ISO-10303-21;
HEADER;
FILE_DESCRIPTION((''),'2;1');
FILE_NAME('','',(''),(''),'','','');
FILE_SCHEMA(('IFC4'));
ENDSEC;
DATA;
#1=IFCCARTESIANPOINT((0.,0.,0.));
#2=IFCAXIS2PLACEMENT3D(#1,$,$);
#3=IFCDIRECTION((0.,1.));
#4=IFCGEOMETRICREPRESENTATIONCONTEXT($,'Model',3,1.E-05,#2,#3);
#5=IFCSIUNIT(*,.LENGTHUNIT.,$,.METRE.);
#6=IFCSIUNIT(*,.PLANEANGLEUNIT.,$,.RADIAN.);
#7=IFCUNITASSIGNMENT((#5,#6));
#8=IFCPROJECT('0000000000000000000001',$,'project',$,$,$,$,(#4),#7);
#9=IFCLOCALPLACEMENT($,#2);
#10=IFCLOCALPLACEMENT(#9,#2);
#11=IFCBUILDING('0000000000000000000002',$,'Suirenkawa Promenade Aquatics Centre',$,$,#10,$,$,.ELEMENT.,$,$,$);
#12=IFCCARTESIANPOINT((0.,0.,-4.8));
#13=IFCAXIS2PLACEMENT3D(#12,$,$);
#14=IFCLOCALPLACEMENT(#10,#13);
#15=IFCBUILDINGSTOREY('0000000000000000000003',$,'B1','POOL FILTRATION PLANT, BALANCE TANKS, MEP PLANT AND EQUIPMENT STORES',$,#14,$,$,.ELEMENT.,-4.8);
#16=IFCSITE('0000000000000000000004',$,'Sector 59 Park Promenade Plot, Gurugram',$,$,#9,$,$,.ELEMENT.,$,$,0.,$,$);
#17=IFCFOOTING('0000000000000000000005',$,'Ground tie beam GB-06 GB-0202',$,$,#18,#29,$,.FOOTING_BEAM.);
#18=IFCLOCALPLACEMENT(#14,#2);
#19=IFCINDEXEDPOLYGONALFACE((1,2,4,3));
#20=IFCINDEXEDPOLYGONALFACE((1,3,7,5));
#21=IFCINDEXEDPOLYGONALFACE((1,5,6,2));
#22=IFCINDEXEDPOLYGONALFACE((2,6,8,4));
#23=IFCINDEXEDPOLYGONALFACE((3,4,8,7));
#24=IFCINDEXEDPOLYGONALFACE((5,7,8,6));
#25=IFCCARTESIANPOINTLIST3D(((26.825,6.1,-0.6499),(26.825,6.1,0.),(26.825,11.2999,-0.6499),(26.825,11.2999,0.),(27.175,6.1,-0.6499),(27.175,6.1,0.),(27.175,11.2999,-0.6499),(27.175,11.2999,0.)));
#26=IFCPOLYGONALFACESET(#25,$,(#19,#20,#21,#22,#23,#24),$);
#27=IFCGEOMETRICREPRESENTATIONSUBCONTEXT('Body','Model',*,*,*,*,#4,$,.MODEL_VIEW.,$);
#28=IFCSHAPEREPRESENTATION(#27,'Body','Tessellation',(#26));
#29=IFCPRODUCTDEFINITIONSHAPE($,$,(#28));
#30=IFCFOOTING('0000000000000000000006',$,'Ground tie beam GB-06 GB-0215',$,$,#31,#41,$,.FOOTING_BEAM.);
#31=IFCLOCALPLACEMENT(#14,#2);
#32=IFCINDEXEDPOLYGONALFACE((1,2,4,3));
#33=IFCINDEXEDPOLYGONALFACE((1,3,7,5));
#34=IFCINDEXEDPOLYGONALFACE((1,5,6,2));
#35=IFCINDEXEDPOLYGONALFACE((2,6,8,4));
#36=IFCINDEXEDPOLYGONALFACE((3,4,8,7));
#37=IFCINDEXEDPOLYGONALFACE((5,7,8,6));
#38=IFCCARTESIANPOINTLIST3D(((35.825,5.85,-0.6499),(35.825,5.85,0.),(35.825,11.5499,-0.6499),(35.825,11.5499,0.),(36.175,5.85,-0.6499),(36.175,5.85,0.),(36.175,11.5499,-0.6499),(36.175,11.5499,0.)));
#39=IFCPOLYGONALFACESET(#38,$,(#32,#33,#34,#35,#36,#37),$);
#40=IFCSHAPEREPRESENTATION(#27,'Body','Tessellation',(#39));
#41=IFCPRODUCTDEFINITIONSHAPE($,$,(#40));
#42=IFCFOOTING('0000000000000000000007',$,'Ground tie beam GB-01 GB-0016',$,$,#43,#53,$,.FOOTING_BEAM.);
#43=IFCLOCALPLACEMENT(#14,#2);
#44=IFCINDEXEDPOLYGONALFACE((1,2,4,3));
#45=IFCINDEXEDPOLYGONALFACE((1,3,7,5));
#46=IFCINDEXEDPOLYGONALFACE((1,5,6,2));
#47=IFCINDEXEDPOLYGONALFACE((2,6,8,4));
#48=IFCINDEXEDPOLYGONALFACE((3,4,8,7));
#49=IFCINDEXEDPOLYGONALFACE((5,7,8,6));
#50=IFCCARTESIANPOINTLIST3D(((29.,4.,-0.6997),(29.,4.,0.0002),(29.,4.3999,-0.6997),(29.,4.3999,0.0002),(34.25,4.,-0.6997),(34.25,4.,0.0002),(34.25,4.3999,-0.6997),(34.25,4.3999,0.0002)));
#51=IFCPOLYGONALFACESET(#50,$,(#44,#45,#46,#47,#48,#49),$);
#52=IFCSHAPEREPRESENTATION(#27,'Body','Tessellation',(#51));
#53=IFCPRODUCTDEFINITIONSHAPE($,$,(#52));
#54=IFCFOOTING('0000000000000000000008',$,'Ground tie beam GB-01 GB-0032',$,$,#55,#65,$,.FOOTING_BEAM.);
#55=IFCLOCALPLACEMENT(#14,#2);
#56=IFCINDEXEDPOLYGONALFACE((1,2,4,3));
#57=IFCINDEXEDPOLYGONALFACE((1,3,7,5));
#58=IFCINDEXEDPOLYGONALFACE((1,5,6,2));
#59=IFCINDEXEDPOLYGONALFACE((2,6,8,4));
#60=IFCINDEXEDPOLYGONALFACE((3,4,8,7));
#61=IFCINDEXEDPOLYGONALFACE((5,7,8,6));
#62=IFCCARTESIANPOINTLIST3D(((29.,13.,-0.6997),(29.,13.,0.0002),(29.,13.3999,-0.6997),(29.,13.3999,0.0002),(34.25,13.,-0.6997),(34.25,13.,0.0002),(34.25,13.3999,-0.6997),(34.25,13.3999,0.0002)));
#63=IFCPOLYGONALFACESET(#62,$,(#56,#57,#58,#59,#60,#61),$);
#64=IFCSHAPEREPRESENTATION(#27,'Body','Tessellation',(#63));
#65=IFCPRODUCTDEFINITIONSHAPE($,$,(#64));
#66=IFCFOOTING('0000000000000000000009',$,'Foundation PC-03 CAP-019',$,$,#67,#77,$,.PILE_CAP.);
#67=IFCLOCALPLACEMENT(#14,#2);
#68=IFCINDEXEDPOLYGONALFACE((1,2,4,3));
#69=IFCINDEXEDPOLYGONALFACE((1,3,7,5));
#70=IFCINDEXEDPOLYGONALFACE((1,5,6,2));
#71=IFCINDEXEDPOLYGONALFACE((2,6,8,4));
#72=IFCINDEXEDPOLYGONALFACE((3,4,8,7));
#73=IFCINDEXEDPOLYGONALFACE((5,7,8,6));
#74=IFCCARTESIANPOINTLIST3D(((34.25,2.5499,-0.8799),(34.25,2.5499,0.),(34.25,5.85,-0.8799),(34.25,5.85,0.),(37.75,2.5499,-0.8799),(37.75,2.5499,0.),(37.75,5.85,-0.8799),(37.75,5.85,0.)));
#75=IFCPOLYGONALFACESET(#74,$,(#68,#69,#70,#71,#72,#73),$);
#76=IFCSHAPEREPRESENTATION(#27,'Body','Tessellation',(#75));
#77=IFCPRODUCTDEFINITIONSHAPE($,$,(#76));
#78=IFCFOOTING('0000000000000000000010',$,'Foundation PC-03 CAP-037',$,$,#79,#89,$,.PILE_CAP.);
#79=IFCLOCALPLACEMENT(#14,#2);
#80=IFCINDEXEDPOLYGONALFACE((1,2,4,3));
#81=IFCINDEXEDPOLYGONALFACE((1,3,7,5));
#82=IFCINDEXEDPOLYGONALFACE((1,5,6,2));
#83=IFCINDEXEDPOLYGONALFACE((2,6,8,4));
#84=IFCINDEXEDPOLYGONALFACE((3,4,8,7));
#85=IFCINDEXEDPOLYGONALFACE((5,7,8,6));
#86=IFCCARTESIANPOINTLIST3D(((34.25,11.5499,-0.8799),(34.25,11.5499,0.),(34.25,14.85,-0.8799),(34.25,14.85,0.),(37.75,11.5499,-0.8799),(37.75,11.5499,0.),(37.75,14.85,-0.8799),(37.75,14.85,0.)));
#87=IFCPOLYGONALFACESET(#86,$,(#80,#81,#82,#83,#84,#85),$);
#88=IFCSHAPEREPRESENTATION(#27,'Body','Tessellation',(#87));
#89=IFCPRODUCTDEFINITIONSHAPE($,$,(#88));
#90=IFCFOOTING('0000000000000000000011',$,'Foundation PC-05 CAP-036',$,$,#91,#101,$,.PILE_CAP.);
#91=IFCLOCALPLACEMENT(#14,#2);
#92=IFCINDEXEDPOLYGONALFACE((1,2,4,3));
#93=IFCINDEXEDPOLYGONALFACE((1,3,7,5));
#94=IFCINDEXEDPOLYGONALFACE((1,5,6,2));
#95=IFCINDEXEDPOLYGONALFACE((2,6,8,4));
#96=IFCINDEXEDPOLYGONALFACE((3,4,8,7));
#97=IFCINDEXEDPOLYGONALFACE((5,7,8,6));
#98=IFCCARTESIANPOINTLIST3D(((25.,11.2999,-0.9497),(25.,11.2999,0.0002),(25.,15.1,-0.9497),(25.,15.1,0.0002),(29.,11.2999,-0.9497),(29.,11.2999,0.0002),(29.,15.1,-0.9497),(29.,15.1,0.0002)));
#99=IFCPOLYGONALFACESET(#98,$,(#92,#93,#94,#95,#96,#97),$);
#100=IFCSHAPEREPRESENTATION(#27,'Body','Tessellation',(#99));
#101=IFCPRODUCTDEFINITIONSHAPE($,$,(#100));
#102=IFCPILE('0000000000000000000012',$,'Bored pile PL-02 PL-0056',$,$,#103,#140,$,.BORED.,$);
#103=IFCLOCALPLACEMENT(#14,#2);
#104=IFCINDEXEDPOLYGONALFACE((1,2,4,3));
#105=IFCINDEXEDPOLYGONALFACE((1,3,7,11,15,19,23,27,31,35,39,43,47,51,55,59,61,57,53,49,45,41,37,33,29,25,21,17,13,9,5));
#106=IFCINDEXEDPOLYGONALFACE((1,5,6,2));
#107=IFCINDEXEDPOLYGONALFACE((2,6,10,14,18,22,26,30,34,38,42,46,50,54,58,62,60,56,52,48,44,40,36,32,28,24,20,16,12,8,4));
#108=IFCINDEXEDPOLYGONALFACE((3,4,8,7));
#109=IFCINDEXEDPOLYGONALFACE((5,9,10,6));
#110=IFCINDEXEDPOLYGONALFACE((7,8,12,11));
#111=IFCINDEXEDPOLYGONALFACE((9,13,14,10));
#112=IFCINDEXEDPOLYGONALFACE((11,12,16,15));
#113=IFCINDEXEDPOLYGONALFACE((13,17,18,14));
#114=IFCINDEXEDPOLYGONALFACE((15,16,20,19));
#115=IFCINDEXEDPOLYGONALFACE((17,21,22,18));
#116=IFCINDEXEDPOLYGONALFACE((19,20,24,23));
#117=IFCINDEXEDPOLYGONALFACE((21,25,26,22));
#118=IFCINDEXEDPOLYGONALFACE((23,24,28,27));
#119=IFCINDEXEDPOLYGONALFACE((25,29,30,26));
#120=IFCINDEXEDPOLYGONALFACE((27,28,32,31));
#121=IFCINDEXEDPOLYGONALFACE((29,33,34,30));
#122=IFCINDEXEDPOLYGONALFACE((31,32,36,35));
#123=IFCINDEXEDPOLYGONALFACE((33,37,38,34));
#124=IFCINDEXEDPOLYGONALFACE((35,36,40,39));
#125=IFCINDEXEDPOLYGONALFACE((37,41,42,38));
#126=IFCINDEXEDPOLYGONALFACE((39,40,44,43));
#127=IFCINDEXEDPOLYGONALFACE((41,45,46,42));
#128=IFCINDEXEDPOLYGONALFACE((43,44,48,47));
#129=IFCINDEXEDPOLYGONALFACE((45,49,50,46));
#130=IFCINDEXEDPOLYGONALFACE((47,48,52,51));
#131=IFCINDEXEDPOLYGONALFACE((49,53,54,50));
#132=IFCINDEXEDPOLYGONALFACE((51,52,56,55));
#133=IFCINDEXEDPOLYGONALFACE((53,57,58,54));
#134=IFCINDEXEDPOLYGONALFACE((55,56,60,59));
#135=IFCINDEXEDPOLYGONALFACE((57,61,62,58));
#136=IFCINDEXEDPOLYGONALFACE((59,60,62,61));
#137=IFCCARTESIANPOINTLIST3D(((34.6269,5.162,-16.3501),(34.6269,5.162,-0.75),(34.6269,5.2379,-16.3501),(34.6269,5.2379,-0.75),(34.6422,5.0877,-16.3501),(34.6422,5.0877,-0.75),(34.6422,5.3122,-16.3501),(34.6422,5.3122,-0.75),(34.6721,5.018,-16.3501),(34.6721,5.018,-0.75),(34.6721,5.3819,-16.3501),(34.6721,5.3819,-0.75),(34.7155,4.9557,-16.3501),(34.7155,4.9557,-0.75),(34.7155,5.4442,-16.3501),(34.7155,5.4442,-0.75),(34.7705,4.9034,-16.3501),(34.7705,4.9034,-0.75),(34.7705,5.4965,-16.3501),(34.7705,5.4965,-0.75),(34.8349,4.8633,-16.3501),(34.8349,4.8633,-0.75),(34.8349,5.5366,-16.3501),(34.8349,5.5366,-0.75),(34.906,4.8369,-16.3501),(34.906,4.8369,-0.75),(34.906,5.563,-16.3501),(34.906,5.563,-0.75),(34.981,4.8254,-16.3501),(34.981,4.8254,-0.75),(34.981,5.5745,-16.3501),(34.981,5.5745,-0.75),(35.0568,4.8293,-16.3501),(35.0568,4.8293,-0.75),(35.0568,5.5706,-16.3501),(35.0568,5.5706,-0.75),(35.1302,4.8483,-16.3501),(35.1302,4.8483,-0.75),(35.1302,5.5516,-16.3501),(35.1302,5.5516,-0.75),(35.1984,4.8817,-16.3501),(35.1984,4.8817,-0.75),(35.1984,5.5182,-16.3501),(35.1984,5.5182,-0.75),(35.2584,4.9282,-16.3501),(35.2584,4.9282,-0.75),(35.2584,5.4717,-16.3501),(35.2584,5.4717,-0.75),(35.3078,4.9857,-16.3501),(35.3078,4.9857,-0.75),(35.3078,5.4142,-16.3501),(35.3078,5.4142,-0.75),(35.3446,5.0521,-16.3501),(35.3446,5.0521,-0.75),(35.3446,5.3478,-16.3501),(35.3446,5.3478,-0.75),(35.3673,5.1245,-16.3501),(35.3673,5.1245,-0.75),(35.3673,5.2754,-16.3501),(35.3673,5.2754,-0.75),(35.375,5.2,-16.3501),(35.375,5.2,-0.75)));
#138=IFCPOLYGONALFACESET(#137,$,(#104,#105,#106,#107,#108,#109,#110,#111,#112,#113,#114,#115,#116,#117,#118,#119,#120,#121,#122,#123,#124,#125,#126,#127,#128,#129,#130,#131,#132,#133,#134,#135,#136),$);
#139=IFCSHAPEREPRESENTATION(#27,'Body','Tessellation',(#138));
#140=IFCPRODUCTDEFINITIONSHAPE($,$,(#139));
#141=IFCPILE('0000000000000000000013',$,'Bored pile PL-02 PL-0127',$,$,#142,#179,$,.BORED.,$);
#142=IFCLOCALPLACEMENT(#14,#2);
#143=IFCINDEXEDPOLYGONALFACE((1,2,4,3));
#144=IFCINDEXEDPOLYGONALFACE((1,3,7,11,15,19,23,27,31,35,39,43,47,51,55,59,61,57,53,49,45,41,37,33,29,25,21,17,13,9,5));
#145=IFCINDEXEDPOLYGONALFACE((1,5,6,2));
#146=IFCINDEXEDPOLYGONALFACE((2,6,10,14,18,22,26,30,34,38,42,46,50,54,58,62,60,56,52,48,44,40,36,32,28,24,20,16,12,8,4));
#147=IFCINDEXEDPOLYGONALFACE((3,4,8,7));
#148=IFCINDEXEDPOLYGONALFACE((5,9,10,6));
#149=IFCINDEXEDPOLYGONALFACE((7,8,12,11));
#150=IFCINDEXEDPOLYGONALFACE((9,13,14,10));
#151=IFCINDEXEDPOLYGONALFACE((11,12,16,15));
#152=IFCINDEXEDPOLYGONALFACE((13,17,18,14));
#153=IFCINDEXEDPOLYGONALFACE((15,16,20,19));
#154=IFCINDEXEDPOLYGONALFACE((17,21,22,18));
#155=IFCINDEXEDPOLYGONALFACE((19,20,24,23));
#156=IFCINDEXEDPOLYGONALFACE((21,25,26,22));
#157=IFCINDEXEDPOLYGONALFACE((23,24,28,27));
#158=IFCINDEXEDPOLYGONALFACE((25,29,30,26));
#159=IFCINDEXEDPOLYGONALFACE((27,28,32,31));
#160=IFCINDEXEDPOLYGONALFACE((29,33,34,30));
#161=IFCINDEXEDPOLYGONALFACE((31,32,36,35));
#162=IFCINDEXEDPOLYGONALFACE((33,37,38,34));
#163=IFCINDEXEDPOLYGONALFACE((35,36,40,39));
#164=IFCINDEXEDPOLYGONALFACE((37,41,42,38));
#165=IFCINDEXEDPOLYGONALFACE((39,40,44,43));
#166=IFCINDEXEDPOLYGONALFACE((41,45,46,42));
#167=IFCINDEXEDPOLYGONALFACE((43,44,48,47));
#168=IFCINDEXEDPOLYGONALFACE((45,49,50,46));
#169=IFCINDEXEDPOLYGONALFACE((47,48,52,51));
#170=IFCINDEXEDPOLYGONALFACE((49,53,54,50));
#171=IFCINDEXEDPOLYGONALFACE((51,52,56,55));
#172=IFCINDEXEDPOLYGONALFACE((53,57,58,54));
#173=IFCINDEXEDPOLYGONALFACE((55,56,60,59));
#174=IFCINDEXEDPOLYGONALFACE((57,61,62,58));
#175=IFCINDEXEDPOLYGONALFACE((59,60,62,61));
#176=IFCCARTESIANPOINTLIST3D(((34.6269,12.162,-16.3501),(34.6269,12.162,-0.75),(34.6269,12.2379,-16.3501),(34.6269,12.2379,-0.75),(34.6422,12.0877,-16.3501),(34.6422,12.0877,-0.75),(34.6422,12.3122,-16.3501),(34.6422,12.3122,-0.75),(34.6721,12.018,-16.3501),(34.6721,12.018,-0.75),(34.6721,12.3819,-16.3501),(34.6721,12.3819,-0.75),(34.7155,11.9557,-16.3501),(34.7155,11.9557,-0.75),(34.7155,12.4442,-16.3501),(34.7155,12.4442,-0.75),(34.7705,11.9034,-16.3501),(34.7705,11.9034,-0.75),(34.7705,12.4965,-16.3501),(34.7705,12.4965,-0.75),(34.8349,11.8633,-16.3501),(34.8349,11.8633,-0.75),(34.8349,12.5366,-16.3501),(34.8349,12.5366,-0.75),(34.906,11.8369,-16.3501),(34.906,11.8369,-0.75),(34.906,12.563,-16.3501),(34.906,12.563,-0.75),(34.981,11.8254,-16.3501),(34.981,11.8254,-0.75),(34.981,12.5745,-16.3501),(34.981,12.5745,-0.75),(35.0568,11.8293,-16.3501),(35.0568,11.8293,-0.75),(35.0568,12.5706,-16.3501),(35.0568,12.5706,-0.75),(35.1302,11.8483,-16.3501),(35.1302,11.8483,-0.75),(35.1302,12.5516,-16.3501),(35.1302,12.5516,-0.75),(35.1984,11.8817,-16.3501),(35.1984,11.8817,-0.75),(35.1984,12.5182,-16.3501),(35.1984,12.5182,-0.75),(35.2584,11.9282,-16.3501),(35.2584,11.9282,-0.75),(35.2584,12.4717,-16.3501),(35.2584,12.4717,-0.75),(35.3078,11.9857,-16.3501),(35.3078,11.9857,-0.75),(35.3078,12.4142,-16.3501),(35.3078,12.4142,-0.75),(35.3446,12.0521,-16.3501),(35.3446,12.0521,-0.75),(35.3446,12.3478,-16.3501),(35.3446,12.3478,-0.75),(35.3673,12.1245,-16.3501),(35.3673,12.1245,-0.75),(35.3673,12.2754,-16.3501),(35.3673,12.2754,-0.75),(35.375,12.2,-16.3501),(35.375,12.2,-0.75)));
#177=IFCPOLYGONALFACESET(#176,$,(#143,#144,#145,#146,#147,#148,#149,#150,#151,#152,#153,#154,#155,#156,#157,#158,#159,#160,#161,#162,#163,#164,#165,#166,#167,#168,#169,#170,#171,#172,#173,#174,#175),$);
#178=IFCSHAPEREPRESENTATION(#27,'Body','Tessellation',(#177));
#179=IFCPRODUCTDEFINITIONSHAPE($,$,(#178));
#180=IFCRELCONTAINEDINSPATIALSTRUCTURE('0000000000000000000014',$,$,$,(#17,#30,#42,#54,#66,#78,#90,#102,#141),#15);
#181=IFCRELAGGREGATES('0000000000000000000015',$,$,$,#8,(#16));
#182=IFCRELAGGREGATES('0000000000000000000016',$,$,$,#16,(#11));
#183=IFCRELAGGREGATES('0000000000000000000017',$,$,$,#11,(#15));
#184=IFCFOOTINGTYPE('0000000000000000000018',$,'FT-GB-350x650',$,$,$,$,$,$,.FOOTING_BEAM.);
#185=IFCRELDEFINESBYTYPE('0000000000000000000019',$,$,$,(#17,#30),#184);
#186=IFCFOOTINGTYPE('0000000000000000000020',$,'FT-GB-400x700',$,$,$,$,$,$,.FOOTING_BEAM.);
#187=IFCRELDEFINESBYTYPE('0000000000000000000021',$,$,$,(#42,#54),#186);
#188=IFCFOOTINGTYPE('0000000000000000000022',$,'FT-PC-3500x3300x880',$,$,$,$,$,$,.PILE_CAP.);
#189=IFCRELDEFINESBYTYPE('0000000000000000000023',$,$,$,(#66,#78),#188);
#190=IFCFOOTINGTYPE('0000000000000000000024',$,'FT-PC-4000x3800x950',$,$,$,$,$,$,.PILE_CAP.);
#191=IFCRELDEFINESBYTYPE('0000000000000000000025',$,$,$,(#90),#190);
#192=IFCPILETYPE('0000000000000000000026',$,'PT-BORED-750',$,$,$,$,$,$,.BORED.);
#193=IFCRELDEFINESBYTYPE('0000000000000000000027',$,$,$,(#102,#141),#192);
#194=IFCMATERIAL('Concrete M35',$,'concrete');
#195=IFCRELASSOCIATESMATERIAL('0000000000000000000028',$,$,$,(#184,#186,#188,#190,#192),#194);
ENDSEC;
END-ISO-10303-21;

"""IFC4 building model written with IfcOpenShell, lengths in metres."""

from ifc_helpers import new_model, si_unit, direction, frame, origin, origin_2d, place, context, subcontext, project, spatial, rectangle, circle, extrude, material, material_profile, profile_set, type_object, element, save


model = new_model("IFC4")

# Units and contexts
model_context = context("Model", 3, precision=1e-05, world=origin(), true_north=direction((0.0, 1.0)))
body_context = subcontext(model_context, "Body", "Model", "MODEL_VIEW")
ifc_project = project(units=[si_unit("LENGTHUNIT", "METRE"), si_unit("PLANEANGLEUNIT", "RADIAN")], contexts=[model_context])

# Site, building, storey
site_placement = place(None, origin())
site = spatial("IfcSite", under=ifc_project, at=site_placement, Name="Sector 59 Park Promenade Plot, Gurugram", CompositionType="ELEMENT", RefElevation=0.0)
building_placement = place(site_placement, origin())
building = spatial("IfcBuilding", under=site, at=building_placement, Name="Suirenkawa Promenade Aquatics Centre", CompositionType="ELEMENT")
storey_placement = place(building_placement, frame((0.0, 0.0, -4.8)))
storey = spatial("IfcBuildingStorey", under=building, at=storey_placement, Name="B1", Description="POOL FILTRATION PLANT, BALANCE TANKS, MEP PLANT AND EQUIPMENT STORES", CompositionType="ELEMENT", Elevation=-4.8)

# Footings
ifc_material_1 = material(Name="Concrete M35", Category="concrete")
footing_type_1 = type_object("IfcFootingType", Name="FT-GB-350x650", PredefinedType="FOOTING_BEAM", material=ifc_material_1)
footing_1_placement = place(storey_placement, frame((27.0, 8.7, -0.6499), z_axis=(0.0, 0.0, 1.0), x_axis=(0.0, 1.0, 0.0)))
element("IfcFooting", 1, at=footing_1_placement, inside=storey, type_object=footing_type_1, Name="Ground tie beam GB-06 GB-0202", PredefinedType="FOOTING_BEAM", context=body_context, shape_type="SweptSolid", body=[
    extrude(rectangle(XDim=5.2, YDim=0.3501, at=origin_2d()), origin(), (0.0, 0.0, 1.0), 0.6499),
])
footing_2_placement = place(storey_placement, frame((36.0, 8.7, -0.6499), z_axis=(0.0, 0.0, 1.0), x_axis=(0.0, 1.0, 0.0)))
element("IfcFooting", 2, at=footing_2_placement, inside=storey, type_object=footing_type_1, Name="Ground tie beam GB-06 GB-0215", PredefinedType="FOOTING_BEAM", context=body_context, shape_type="SweptSolid", body=[
    extrude(rectangle(XDim=5.7, YDim=0.3501, at=origin_2d()), origin(), (0.0, 0.0, 1.0), 0.6499),
])
footing_type_2 = type_object("IfcFootingType", Name="FT-GB-400x700", PredefinedType="FOOTING_BEAM", material=ifc_material_1)
for number, where, z_axis, x_axis, name in (
    (3, (31.625, 4.2, -0.6997), (0.0, 0.0, 1.0), (1.0, 0.0, 0.0), "Ground tie beam GB-01 GB-0016"),
    (4, (31.625, 13.2, -0.6997), (0.0, 0.0, 1.0), (1.0, 0.0, 0.0), "Ground tie beam GB-01 GB-0032"),
):
    element("IfcFooting", number, at=place(storey_placement, frame(where, z_axis=z_axis, x_axis=x_axis)), inside=storey, type_object=footing_type_2, Name=name, PredefinedType="FOOTING_BEAM", context=body_context, shape_type="SweptSolid", body=[
        extrude(rectangle(XDim=5.25, YDim=0.3999, at=origin_2d()), origin(), (0.0, 0.0, 1.0), 0.7),
    ])
footing_type_3 = type_object("IfcFootingType", Name="FT-PC-3500x3300x880", PredefinedType="PILE_CAP", material=ifc_material_1)
for number, where, z_axis, x_axis, name in (
    (5, (36.0, 4.2, -0.8799), (0.0, 0.0, 1.0), (1.0, 0.0, 0.0), "Foundation PC-03 CAP-019"),
    (6, (36.0, 13.2, -0.8799), (0.0, 0.0, 1.0), (1.0, 0.0, 0.0), "Foundation PC-03 CAP-037"),
):
    element("IfcFooting", number, at=place(storey_placement, frame(where, z_axis=z_axis, x_axis=x_axis)), inside=storey, type_object=footing_type_3, Name=name, PredefinedType="PILE_CAP", context=body_context, shape_type="SweptSolid", body=[
        extrude(rectangle(XDim=3.5, YDim=3.3, at=origin_2d()), origin(), (0.0, 0.0, 1.0), 0.8799),
    ])
footing_type_4 = type_object("IfcFootingType", Name="FT-PC-4000x3800x950", PredefinedType="PILE_CAP", material=ifc_material_1)
footing_3_placement = place(storey_placement, frame((27.0, 13.2, -0.9497), z_axis=(0.0, 0.0, 1.0), x_axis=(1.0, 0.0, 0.0)))
element("IfcFooting", 7, at=footing_3_placement, inside=storey, type_object=footing_type_4, Name="Foundation PC-05 CAP-036", PredefinedType="PILE_CAP", context=body_context, shape_type="SweptSolid", body=[
    extrude(rectangle(XDim=4.0, YDim=3.8, at=origin_2d()), origin(), (0.0, 0.0, 1.0), 0.95),
])

# Piles
ifc_material_profile_1 = material_profile(ifc_material_1, circle(Radius=0.375, at=origin_2d()), Name="PILE D750", Category="concrete")
ifc_profile_set_1 = profile_set([ifc_material_profile_1], Name="Concrete M35")
pile_type_1 = type_object("IfcPileType", Name="PT-BORED-750", PredefinedType="BORED", material=ifc_profile_set_1)
for number, where, z_axis, x_axis, name in (
    (8, (35.0, 5.2, -0.75), (0.0, 0.0, -1.0), (1.0, 0.0, 0.0), "Bored pile PL-02 PL-0056"),
    (9, (35.0, 12.2, -0.75), (0.0, 0.0, -1.0), (1.0, 0.0, 0.0), "Bored pile PL-02 PL-0127"),
):
    element("IfcPile", number, at=place(storey_placement, frame(where, z_axis=z_axis, x_axis=x_axis)), inside=storey, type_object=pile_type_1, Name=name, PredefinedType="BORED", context=body_context, shape_type="SweptSolid", body=[
        extrude(circle(Radius=0.375, at=origin_2d()), origin(), (0.0, 0.0, 1.0), 15.6001),
    ])

save(model, "model.ifc")
